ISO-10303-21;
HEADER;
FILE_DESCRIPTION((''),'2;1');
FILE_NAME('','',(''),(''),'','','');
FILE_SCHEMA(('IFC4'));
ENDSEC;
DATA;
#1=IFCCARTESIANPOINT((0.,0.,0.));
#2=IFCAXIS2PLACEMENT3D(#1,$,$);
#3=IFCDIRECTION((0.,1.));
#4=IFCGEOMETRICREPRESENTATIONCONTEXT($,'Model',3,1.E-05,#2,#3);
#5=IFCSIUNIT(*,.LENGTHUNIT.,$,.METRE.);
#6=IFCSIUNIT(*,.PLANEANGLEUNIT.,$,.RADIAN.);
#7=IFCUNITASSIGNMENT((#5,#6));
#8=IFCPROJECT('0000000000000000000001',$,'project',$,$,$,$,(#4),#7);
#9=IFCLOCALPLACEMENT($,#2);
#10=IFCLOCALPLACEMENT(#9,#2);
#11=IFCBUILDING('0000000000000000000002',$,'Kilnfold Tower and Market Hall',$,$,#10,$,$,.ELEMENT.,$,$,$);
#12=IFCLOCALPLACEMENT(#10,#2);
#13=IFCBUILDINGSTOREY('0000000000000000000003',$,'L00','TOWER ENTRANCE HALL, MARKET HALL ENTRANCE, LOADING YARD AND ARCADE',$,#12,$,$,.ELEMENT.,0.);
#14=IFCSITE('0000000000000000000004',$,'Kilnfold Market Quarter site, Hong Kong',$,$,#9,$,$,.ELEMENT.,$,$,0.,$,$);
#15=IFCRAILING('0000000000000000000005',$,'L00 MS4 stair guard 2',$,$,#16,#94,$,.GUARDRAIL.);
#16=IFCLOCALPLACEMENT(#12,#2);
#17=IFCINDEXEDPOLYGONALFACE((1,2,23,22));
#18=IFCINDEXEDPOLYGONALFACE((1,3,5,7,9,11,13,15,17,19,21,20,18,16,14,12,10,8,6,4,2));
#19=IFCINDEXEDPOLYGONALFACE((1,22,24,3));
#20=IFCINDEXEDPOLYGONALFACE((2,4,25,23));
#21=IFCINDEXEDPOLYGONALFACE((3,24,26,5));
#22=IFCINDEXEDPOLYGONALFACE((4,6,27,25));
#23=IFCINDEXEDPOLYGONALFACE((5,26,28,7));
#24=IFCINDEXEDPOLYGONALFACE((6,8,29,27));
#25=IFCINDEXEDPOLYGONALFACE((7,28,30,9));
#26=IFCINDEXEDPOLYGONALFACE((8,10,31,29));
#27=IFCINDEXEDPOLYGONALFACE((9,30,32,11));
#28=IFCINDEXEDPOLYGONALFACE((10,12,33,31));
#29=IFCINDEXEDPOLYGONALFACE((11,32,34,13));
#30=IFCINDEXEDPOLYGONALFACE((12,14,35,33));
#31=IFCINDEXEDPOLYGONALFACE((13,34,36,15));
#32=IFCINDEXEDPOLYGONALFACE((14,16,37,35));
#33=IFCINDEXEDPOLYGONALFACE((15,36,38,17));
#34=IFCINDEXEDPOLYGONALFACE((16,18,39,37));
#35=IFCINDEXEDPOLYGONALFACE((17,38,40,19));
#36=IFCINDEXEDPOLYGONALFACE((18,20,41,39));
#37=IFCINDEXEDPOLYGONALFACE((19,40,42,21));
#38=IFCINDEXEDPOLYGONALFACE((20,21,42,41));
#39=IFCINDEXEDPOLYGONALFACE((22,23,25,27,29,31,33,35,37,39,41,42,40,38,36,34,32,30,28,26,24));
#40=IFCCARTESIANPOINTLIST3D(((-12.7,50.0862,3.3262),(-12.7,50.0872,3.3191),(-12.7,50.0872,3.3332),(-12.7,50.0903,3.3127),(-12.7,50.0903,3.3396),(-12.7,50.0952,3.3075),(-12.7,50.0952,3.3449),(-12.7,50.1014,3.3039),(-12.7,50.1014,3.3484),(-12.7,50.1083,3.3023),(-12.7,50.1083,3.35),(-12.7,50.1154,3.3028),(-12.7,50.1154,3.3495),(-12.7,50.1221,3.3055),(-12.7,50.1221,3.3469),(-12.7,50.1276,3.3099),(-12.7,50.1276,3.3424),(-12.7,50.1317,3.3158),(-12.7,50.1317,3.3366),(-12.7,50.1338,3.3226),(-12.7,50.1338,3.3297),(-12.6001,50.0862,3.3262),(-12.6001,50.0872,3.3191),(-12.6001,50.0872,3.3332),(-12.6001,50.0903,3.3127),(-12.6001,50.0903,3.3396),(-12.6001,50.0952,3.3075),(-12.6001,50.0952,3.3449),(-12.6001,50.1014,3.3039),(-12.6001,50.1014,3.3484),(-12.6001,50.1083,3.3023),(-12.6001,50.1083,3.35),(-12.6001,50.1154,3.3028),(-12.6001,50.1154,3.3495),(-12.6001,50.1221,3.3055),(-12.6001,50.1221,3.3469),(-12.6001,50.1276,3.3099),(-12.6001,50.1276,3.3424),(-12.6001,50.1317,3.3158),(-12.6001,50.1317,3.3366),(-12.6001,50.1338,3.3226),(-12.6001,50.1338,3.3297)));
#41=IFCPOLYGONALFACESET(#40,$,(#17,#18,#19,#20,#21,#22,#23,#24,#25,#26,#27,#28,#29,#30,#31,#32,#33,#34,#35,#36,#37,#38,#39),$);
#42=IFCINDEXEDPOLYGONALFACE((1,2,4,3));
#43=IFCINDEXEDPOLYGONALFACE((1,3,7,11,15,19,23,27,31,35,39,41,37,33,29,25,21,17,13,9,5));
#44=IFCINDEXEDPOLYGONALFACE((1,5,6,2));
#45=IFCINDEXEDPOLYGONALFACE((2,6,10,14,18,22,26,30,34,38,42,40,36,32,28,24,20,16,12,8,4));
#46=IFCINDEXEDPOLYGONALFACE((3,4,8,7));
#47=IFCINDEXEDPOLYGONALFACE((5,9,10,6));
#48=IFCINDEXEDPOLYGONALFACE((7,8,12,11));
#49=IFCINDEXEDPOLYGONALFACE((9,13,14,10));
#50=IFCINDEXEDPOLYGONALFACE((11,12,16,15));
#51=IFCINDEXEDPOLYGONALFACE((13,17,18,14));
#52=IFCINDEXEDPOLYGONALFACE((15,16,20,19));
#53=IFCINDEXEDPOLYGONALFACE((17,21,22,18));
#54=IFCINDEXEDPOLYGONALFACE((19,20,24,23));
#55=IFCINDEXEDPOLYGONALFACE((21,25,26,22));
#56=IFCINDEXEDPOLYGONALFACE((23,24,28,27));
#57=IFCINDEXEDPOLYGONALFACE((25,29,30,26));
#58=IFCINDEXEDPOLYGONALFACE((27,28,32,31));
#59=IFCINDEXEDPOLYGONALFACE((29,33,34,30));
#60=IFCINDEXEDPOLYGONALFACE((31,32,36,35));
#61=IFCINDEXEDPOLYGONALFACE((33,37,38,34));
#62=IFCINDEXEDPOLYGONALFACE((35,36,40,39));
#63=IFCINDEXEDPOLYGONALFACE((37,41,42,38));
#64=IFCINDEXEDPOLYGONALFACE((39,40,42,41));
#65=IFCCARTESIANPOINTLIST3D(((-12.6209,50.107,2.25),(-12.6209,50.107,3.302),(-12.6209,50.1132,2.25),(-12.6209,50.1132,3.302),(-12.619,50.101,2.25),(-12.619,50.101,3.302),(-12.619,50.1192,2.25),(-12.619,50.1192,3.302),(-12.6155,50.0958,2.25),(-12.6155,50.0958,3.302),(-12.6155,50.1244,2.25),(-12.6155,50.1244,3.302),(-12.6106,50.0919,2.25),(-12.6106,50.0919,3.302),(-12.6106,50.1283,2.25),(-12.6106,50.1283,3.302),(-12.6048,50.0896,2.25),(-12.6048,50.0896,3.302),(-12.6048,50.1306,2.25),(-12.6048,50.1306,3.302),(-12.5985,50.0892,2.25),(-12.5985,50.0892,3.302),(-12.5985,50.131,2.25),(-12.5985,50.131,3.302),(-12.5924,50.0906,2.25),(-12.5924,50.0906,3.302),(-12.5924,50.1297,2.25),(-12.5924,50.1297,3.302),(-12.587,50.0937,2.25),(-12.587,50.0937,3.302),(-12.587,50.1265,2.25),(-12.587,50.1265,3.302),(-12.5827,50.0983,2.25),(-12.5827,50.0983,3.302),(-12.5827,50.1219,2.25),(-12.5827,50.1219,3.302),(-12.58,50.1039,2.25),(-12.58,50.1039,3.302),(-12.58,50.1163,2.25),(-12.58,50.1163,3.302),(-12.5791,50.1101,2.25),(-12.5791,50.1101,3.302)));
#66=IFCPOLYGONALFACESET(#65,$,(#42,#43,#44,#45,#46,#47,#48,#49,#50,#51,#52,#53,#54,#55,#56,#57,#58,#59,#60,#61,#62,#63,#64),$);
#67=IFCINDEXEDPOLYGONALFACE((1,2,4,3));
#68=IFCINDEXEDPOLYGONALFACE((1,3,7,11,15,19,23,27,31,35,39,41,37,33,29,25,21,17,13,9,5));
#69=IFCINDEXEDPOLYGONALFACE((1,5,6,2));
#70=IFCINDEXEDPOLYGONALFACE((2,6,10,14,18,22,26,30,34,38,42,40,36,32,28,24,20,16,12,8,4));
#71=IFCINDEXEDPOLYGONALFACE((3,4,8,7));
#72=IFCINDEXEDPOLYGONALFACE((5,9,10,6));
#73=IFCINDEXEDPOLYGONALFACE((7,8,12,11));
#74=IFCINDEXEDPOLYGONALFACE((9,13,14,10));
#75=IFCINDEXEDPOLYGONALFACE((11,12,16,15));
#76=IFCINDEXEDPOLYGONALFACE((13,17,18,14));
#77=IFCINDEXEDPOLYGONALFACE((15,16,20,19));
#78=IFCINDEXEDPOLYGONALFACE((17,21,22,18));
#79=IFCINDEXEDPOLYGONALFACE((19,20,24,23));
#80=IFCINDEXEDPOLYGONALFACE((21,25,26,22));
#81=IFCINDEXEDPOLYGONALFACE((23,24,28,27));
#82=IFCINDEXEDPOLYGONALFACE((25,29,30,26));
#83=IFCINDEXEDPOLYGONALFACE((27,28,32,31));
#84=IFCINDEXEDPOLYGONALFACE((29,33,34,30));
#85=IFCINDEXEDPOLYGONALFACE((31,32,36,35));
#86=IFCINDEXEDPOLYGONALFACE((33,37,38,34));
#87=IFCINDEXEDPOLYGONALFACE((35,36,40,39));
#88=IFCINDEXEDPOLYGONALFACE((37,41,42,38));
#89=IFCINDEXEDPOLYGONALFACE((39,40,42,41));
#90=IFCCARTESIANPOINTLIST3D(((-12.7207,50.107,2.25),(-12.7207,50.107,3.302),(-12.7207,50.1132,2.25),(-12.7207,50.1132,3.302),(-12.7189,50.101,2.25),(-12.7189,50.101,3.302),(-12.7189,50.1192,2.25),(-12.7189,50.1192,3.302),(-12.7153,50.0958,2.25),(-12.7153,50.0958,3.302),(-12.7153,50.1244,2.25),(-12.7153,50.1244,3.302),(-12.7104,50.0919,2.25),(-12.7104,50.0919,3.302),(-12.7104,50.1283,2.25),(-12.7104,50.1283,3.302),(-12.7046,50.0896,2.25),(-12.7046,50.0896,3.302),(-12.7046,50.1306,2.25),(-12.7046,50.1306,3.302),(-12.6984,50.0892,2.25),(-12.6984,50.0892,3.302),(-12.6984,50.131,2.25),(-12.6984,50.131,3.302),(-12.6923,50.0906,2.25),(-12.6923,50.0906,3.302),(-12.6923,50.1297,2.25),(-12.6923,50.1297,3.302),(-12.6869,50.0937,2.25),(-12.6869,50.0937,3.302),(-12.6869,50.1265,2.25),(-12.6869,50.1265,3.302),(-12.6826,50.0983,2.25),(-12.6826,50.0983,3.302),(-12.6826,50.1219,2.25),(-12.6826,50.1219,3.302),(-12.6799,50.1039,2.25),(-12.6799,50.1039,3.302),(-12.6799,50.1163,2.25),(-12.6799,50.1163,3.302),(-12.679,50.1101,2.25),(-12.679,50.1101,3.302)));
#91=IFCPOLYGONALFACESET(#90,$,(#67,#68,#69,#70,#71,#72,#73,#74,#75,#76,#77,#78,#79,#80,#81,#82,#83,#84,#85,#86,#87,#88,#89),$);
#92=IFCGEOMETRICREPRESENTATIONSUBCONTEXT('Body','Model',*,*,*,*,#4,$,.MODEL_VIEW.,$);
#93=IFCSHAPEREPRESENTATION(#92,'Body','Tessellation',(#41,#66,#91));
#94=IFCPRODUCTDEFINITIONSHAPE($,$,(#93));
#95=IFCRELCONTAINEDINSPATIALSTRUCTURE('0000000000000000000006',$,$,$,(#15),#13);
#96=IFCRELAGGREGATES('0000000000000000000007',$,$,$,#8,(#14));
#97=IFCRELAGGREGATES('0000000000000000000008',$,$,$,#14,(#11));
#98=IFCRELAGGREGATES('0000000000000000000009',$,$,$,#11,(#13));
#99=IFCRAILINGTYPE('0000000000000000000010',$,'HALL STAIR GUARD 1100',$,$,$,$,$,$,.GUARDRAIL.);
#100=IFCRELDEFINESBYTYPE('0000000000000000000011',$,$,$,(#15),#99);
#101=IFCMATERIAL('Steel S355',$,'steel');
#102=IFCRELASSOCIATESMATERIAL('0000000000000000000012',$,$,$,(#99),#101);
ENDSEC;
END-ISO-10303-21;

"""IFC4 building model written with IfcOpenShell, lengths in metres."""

from ifc_helpers import new_model, si_unit, direction, frame, origin, origin_2d, place, context, subcontext, project, spatial, circle, extrude, material, type_object, element, save


model = new_model("IFC4")

# Units and contexts
model_context = context("Model", 3, precision=1e-05, world=origin(), true_north=direction((0.0, 1.0)))
body_context = subcontext(model_context, "Body", "Model", "MODEL_VIEW")
ifc_project = project(units=[si_unit("LENGTHUNIT", "METRE"), si_unit("PLANEANGLEUNIT", "RADIAN")], contexts=[model_context])

# Site, building, storey
site_placement = place(None, origin())
site = spatial("IfcSite", under=ifc_project, at=site_placement, Name="Kilnfold Market Quarter site, Hong Kong", CompositionType="ELEMENT", RefElevation=0.0)
building_placement = place(site_placement, origin())
building = spatial("IfcBuilding", under=site, at=building_placement, Name="Kilnfold Tower and Market Hall", CompositionType="ELEMENT")
storey_placement = place(building_placement, origin())
storey = spatial("IfcBuildingStorey", under=building, at=storey_placement, Name="L00", Description="TOWER ENTRANCE HALL, MARKET HALL ENTRANCE, LOADING YARD AND ARCADE", CompositionType="ELEMENT", Elevation=0.0)

# Railing
ifc_material_1 = material(Name="Steel S355", Category="steel")
railing_type_1 = type_object("IfcRailingType", Name="HALL STAIR GUARD 1100", PredefinedType="GUARDRAIL", material=ifc_material_1)
railing_1_placement = place(storey_placement, frame((-12.6001, 50.1101, 2.25)))
element("IfcRailing", 1, at=railing_1_placement, inside=storey, type_object=railing_type_1, Name="L00 MS4 stair guard 2", PredefinedType="GUARDRAIL", context=body_context, shape_type="SweptSolid", body=[
    extrude(circle(Radius=0.0239, at=origin_2d()), frame((0.0, 0.0, 1.0762), z_axis=(-1.0, 0.0, 0.0), x_axis=(0.0, -1.0, 0.0)), (0.0, 0.0, 1.0), 0.0999),
    extrude(circle(Radius=0.021, at=origin_2d()), origin(), (0.0, 0.0, 1.0), 1.052),
    extrude(circle(Radius=0.021, at=origin_2d()), frame((-0.0999, 0.0, 0.0)), (0.0, 0.0, 1.0), 1.052),
])

save(model, "model.ifc")
